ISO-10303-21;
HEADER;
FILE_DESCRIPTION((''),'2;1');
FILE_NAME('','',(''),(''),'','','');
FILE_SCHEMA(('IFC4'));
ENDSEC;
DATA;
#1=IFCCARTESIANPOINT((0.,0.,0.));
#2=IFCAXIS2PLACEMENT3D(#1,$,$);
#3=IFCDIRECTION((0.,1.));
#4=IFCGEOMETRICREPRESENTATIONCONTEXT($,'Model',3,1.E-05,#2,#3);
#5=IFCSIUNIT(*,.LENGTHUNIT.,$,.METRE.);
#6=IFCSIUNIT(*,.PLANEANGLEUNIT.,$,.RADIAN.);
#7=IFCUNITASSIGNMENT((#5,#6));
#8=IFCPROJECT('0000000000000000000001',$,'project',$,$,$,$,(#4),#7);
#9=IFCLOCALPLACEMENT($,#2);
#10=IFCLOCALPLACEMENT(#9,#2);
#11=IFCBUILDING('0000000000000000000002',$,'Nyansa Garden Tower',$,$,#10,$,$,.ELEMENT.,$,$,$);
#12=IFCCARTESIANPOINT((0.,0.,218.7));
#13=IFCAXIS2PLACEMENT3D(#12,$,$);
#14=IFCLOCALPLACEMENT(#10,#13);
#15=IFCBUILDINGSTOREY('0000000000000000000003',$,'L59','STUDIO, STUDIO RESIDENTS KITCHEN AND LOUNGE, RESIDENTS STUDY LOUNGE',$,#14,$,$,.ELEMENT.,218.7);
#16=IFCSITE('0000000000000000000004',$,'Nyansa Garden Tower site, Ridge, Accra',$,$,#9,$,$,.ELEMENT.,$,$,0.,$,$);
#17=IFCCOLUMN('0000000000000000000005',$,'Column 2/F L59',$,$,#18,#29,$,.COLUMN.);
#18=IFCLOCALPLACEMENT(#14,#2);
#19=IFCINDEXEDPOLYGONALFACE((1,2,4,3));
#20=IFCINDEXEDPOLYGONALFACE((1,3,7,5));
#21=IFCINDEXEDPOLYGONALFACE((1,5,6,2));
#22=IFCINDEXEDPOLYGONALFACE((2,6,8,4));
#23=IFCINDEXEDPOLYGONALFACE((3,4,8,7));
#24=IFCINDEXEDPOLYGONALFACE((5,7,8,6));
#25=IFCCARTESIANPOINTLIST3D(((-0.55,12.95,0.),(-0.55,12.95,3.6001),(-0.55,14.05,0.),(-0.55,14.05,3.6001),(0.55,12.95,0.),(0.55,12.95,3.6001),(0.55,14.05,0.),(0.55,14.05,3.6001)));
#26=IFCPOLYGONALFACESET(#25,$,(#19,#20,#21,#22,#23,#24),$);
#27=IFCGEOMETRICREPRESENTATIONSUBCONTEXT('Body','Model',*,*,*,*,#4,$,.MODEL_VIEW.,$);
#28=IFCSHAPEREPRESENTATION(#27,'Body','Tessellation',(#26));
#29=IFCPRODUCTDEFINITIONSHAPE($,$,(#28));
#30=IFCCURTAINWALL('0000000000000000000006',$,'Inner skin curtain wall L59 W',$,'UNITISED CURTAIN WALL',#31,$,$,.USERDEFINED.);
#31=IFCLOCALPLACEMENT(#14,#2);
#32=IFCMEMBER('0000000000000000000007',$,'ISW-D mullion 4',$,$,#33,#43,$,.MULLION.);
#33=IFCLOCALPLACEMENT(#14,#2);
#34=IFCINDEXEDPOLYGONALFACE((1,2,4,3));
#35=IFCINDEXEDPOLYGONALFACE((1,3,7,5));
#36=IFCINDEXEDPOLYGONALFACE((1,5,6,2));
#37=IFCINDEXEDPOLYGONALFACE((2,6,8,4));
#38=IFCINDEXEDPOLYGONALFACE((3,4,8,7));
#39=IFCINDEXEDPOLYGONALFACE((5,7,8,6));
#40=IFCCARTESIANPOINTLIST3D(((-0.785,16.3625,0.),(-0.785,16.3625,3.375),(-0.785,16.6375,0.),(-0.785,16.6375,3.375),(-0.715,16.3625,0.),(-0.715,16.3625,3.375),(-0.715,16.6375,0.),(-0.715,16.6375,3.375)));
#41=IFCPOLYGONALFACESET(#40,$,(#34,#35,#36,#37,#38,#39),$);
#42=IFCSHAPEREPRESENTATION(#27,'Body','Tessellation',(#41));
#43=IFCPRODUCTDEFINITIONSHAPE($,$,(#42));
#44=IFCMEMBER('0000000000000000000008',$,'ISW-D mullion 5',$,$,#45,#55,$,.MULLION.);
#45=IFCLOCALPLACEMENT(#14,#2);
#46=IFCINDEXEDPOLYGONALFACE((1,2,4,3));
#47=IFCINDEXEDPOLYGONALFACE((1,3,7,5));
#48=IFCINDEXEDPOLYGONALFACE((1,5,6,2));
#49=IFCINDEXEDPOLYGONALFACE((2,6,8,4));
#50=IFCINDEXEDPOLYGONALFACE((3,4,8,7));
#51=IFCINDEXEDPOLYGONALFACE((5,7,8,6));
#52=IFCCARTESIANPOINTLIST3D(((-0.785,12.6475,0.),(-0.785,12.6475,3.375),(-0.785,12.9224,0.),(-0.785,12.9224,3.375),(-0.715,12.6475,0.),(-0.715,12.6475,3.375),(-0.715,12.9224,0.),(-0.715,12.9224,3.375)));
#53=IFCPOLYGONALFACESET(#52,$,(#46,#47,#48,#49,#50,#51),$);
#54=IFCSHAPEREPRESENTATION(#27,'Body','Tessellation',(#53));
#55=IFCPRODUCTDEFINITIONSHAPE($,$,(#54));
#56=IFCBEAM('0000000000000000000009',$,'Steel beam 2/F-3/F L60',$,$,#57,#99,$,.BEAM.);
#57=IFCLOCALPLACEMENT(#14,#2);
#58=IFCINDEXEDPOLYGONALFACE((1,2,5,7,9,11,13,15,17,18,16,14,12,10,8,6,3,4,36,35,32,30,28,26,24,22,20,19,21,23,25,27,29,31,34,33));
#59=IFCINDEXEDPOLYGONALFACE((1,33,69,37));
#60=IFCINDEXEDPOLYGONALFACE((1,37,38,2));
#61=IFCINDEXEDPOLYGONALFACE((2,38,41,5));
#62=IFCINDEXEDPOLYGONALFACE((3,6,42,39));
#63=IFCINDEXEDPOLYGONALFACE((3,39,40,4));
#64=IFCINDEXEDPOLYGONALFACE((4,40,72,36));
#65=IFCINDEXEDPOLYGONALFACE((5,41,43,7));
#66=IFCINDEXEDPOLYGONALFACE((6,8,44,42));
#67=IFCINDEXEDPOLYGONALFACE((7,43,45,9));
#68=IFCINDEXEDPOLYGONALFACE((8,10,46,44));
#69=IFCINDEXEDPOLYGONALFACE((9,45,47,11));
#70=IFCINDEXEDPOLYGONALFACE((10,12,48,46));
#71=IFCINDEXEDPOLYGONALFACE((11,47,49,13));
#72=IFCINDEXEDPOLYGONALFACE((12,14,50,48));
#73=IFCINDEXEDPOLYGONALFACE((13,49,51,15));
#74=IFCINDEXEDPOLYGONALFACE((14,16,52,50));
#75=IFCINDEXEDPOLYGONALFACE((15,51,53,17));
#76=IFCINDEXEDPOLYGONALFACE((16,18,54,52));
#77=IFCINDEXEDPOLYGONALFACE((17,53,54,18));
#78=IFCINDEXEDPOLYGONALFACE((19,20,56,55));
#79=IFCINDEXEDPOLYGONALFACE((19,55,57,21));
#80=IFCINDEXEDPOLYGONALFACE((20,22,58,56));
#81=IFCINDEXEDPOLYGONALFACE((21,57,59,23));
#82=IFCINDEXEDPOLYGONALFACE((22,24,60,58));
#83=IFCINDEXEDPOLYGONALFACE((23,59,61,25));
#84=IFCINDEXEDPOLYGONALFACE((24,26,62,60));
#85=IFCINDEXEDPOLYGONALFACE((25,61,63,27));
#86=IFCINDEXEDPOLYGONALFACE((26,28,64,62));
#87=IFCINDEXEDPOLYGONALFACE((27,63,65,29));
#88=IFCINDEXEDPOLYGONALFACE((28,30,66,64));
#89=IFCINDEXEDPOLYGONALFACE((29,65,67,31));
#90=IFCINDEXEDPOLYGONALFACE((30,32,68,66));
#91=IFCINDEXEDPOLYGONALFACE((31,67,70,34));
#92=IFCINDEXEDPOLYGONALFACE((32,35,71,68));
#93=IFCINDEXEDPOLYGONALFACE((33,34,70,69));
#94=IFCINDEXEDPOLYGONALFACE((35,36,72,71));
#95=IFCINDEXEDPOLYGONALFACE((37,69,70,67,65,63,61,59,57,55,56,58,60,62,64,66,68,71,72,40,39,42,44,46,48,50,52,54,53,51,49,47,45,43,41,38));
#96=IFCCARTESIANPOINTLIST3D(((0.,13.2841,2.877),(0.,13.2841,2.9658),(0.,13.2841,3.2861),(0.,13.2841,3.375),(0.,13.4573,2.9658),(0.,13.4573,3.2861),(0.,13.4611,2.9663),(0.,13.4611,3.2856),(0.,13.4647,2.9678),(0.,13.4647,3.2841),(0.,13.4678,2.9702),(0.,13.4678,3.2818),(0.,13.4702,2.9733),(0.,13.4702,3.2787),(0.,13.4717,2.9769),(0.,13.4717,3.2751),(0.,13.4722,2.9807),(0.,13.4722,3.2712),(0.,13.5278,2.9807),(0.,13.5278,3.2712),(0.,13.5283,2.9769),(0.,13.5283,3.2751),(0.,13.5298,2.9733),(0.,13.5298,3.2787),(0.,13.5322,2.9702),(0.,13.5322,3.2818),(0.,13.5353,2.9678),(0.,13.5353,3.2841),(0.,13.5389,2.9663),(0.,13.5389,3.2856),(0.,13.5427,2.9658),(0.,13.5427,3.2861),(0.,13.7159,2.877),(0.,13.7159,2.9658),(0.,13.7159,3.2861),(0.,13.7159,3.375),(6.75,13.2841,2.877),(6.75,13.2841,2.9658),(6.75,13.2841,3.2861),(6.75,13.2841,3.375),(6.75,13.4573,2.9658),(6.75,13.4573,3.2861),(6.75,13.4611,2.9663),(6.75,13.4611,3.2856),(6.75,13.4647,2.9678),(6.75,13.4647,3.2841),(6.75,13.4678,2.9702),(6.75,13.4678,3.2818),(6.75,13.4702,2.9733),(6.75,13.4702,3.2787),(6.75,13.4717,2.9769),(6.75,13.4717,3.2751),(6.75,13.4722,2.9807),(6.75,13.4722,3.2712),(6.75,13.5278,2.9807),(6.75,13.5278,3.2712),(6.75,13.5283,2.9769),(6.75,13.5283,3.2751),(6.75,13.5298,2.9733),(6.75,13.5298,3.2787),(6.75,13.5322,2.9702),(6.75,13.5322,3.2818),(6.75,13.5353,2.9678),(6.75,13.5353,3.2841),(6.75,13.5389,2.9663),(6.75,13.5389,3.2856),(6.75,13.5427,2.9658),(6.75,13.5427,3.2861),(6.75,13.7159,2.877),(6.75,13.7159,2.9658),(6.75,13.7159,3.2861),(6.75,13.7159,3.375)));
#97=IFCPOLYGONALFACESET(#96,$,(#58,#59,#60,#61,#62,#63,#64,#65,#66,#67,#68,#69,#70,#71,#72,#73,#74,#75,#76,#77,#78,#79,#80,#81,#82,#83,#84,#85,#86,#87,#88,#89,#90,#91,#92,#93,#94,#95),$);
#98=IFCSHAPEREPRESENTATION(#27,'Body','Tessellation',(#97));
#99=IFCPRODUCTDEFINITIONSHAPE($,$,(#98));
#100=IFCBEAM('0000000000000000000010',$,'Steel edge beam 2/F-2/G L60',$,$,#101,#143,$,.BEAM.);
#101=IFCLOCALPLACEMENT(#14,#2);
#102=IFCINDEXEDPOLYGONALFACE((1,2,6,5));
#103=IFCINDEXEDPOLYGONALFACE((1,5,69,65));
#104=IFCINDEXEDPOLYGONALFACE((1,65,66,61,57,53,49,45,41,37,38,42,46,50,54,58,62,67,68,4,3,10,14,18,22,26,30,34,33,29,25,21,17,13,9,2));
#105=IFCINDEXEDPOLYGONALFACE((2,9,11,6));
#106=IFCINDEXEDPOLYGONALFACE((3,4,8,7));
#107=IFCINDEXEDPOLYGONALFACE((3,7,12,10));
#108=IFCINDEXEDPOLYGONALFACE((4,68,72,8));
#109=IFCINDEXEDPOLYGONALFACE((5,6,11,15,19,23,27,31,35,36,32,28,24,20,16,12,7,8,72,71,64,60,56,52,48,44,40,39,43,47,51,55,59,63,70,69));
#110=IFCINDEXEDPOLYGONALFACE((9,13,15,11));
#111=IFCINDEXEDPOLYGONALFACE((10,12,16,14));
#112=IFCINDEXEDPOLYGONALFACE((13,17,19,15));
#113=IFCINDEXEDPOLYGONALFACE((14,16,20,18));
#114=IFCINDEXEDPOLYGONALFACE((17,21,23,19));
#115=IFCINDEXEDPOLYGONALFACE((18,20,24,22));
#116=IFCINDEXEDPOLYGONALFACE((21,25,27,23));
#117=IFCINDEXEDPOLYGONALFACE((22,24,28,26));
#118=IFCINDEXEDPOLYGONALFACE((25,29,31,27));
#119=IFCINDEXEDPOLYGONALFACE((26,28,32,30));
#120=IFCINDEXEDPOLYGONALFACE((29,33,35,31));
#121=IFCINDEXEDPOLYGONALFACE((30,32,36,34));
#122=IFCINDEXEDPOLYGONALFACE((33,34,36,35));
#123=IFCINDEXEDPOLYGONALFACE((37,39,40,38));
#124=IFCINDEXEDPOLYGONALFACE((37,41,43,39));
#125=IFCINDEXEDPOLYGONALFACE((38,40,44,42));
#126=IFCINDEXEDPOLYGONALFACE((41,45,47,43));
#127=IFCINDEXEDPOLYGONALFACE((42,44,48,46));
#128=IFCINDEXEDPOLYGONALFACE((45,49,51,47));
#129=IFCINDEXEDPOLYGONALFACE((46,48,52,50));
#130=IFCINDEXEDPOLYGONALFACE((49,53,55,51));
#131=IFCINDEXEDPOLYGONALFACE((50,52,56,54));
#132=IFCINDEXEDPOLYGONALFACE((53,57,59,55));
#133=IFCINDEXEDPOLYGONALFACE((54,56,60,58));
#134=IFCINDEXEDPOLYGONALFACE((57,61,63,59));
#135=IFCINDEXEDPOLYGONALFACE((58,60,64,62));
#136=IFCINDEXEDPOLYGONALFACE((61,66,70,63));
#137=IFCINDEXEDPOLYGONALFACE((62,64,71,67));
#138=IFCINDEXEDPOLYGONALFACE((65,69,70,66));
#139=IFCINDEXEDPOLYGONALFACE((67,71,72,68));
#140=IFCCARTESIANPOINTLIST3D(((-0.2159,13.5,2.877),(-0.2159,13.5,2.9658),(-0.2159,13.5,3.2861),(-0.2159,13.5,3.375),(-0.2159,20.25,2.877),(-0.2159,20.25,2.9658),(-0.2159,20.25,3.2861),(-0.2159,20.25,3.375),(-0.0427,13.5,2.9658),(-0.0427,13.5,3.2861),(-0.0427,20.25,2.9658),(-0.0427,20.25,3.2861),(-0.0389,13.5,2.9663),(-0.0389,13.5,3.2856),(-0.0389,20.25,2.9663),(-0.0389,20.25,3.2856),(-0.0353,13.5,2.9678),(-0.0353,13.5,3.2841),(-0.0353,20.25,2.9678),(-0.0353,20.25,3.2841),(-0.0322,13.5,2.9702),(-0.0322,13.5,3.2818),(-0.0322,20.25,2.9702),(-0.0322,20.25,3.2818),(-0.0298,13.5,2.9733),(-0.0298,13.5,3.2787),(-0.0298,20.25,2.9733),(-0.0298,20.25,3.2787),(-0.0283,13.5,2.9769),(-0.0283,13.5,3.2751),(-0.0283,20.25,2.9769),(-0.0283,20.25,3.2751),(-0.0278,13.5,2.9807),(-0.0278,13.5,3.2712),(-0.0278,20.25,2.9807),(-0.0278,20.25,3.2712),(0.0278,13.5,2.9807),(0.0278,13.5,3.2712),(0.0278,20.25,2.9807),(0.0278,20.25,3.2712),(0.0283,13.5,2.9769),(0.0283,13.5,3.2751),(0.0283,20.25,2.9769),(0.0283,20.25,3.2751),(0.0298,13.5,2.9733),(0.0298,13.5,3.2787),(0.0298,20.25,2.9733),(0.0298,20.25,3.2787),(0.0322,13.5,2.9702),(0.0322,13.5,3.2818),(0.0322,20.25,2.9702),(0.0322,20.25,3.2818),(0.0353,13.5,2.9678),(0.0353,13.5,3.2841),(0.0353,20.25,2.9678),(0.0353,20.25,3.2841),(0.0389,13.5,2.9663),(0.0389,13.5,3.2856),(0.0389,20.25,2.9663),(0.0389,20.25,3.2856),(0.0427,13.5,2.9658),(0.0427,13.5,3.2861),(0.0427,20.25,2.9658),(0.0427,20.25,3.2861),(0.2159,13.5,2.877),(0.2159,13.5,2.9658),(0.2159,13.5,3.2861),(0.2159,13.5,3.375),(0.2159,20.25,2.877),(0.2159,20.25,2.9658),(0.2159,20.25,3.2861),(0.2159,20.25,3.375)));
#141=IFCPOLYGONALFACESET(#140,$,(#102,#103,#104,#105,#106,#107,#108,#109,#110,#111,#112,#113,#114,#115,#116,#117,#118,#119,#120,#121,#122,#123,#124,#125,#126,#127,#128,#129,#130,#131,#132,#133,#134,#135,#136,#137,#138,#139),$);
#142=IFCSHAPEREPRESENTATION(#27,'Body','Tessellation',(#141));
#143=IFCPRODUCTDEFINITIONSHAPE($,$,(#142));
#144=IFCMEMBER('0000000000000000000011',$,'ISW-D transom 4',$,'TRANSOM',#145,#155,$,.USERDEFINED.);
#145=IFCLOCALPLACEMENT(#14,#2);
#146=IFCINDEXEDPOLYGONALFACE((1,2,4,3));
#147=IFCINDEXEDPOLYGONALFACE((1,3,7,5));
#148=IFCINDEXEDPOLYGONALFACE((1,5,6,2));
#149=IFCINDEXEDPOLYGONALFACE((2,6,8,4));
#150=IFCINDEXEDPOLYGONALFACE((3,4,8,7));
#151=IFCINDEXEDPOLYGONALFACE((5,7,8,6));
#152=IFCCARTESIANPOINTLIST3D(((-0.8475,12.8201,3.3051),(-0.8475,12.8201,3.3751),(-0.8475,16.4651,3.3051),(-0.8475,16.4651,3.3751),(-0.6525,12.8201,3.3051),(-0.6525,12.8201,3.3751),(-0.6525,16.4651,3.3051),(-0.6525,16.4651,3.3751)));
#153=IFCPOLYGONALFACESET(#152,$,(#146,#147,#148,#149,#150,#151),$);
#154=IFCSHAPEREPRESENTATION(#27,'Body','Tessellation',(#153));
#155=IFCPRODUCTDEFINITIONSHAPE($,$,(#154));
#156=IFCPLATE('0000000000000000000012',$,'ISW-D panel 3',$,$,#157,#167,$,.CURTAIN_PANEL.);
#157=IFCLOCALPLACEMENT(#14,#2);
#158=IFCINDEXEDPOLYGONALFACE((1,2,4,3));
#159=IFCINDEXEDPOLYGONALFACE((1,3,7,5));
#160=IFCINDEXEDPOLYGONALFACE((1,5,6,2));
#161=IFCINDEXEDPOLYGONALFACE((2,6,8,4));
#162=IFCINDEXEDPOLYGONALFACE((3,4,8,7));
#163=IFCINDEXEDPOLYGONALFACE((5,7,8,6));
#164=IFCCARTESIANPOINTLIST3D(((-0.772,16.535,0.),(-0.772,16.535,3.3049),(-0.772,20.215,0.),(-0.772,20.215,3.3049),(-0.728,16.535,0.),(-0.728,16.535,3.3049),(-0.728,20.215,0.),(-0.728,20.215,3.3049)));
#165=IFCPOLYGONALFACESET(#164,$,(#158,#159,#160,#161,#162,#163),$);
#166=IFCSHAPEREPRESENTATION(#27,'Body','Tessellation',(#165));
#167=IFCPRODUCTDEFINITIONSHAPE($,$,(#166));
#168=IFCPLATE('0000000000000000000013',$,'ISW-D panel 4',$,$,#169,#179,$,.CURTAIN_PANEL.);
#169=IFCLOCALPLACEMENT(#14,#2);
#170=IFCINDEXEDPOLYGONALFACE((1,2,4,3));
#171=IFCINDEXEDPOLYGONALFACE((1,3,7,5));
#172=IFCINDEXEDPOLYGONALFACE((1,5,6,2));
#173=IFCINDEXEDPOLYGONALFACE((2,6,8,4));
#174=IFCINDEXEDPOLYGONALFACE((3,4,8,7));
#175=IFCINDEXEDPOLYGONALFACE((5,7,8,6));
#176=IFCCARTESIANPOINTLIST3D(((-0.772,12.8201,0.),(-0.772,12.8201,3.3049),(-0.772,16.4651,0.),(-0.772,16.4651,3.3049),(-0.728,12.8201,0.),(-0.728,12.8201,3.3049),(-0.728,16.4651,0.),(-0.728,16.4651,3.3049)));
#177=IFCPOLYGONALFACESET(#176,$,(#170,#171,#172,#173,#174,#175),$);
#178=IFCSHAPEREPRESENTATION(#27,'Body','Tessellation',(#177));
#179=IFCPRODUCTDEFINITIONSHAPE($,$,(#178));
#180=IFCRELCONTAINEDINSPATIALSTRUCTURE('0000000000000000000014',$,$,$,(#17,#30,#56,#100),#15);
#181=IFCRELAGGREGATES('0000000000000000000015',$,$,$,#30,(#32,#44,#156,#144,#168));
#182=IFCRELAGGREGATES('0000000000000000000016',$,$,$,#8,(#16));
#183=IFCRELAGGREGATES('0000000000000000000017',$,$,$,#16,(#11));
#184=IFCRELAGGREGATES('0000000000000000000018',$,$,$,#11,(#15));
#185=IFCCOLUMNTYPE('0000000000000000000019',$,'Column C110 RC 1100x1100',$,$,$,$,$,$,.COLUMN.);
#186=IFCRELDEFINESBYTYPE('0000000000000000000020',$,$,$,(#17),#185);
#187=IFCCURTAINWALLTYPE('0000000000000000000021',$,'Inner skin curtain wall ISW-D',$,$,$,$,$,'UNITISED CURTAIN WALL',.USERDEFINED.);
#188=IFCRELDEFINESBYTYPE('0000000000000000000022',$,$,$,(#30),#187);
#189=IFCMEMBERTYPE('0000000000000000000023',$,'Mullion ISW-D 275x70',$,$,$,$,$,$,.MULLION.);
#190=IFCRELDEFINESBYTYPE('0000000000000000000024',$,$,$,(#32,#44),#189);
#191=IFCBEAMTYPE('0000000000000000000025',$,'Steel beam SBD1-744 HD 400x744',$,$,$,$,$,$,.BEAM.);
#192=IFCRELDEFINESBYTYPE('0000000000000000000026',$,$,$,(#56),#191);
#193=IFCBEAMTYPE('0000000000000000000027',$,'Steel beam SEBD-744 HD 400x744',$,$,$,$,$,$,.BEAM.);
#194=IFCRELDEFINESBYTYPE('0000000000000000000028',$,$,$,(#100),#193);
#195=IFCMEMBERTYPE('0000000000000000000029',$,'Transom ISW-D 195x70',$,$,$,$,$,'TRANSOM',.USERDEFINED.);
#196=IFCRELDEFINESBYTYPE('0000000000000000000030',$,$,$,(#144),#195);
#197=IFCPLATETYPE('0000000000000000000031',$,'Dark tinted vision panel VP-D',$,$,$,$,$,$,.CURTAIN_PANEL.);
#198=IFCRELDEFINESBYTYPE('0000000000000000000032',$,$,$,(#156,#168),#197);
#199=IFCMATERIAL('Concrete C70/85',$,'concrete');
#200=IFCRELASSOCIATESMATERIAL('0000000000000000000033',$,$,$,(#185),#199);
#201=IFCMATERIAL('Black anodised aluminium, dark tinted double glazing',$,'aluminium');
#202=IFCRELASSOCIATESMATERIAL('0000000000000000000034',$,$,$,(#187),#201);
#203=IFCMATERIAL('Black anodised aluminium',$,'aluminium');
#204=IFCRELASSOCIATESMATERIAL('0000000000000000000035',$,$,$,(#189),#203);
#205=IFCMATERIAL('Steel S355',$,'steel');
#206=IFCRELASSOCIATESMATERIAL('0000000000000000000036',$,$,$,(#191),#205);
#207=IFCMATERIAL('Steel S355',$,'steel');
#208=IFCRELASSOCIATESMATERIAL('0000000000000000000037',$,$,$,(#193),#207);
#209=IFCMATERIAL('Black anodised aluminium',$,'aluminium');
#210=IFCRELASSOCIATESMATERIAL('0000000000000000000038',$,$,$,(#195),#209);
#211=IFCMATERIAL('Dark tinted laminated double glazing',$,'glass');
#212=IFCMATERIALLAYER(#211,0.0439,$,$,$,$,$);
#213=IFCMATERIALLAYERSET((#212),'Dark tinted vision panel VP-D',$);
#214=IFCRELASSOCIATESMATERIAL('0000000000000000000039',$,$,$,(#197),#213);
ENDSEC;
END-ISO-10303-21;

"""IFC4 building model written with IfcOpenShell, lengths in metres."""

from ifc_helpers import new_model, si_unit, direction, frame, origin, origin_2d, place, context, subcontext, project, spatial, rectangle, i_section, extrude, material, layer, layer_set, material_profile, profile_set, type_object, element, aggregate, save


model = new_model("IFC4")

# Units and contexts
model_context = context("Model", 3, precision=1e-05, world=origin(), true_north=direction((0.0, 1.0)))
body_context = subcontext(model_context, "Body", "Model", "MODEL_VIEW")
ifc_project = project(units=[si_unit("LENGTHUNIT", "METRE"), si_unit("PLANEANGLEUNIT", "RADIAN")], contexts=[model_context])

# Site, building, storey
site_placement = place(None, origin())
site = spatial("IfcSite", under=ifc_project, at=site_placement, Name="Nyansa Garden Tower site, Ridge, Accra", CompositionType="ELEMENT", RefElevation=0.0)
building_placement = place(site_placement, origin())
building = spatial("IfcBuilding", under=site, at=building_placement, Name="Nyansa Garden Tower", CompositionType="ELEMENT")
storey_placement = place(building_placement, frame((0.0, 0.0, 218.7)))
storey = spatial("IfcBuildingStorey", under=building, at=storey_placement, Name="L59", Description="STUDIO, STUDIO RESIDENTS KITCHEN AND LOUNGE, RESIDENTS STUDY LOUNGE", CompositionType="ELEMENT", Elevation=218.7)

# Column
ifc_material_1 = material(Name="Concrete C70/85", Category="concrete")
ifc_material_profile_1 = material_profile(ifc_material_1, rectangle(XDim=1.1001, YDim=1.1001, at=origin_2d()), Name="RC 1100x1100")
ifc_profile_set_1 = profile_set([ifc_material_profile_1], Name="Concrete C70/85")
column_type = type_object("IfcColumnType", Name="Column C110 RC 1100x1100", PredefinedType="COLUMN", material=ifc_profile_set_1)
column_placement = place(storey_placement, frame((0.0, 13.5, 0.0), z_axis=(0.0, 0.0, 1.0), x_axis=(1.0, 0.0, 0.0)))
element("IfcColumn", 1, at=column_placement, inside=storey, type_object=column_type, Name="Column 2/F L59", PredefinedType="COLUMN", context=body_context, shape_type="SweptSolid", body=[
    extrude(rectangle(XDim=1.1001, YDim=1.1001, at=origin_2d()), origin(), (0.0, 0.0, 1.0), 3.6001),
])

# Curtain wall, members
ifc_material_2 = material(Name="Black anodised aluminium, dark tinted double glazing", Category="aluminium")
curtain_wall_type = type_object("IfcCurtainWallType", Name="Inner skin curtain wall ISW-D", ElementType="UNITISED CURTAIN WALL", PredefinedType="USERDEFINED", material=ifc_material_2)
curtain_wall_placement = place(storey_placement, origin())
curtain_wall = element("IfcCurtainWall", 2, at=curtain_wall_placement, inside=storey, type_object=curtain_wall_type, Name="Inner skin curtain wall L59 W", ObjectType="UNITISED CURTAIN WALL", PredefinedType="USERDEFINED")
ifc_material_3 = material(Name="Black anodised aluminium", Category="aluminium")
ifc_material_profile_2 = material_profile(ifc_material_3, rectangle(XDim=0.0701, YDim=0.2749, at=origin_2d()), Name="Mullion 275x70")
ifc_profile_set_2 = profile_set([ifc_material_profile_2], Name="Black anodised aluminium")
member_type_1 = type_object("IfcMemberType", Name="Mullion ISW-D 275x70", PredefinedType="MULLION", material=ifc_profile_set_2)
member_1_placement = place(storey_placement, frame((-0.75, 16.5, 0.0), z_axis=(0.0, 0.0, 1.0), x_axis=(1.0, 0.0, 0.0)))
member_1 = element("IfcMember", 3, at=member_1_placement, type_object=member_type_1, Name="ISW-D mullion 4", PredefinedType="MULLION", context=body_context, shape_type="SweptSolid", body=[
    extrude(rectangle(XDim=0.0701, YDim=0.2749, at=origin_2d()), origin(), (0.0, 0.0, 1.0), 3.375),
])
member_2_placement = place(storey_placement, frame((-0.75, 12.7849, 0.0), z_axis=(0.0, 0.0, 1.0), x_axis=(1.0, 0.0, 0.0)))
member_2 = element("IfcMember", 4, at=member_2_placement, type_object=member_type_1, Name="ISW-D mullion 5", PredefinedType="MULLION", context=body_context, shape_type="SweptSolid", body=[
    extrude(rectangle(XDim=0.0701, YDim=0.2749, at=origin_2d()), origin(), (0.0, 0.0, 1.0), 3.375),
])

# Beams
ifc_material_4 = material(Name="Steel S355", Category="steel")
ifc_material_profile_3 = material_profile(ifc_material_4, i_section(OverallWidth=0.4319, OverallDepth=0.498, WebThickness=0.0557, FlangeThickness=0.0889, FilletRadius=0.0149, at=origin_2d()), Name="HD 400x744")
ifc_profile_set_3 = profile_set([ifc_material_profile_3], Name="Steel S355")
beam_type_1 = type_object("IfcBeamType", Name="Steel beam SBD1-744 HD 400x744", PredefinedType="BEAM", material=ifc_profile_set_3)
beam_1_placement = place(storey_placement, frame((0.0, 13.5, 3.126), z_axis=(1.0, 0.0, 0.0), x_axis=(0.0, 1.0, 0.0)))
element("IfcBeam", 5, at=beam_1_placement, inside=storey, type_object=beam_type_1, Name="Steel beam 2/F-3/F L60", PredefinedType="BEAM", context=body_context, shape_type="SweptSolid", body=[
    extrude(i_section(OverallWidth=0.4319, OverallDepth=0.498, WebThickness=0.0557, FlangeThickness=0.0889, FilletRadius=0.0149, at=origin_2d()), origin(), (0.0, 0.0, 1.0), 6.75),
])
ifc_material_5 = material(Name="Steel S355", Category="steel")
ifc_material_profile_4 = material_profile(ifc_material_5, i_section(OverallWidth=0.4319, OverallDepth=0.498, WebThickness=0.0557, FlangeThickness=0.0889, FilletRadius=0.0149, at=origin_2d()), Name="HD 400x744")
ifc_profile_set_4 = profile_set([ifc_material_profile_4], Name="Steel S355")
beam_type_2 = type_object("IfcBeamType", Name="Steel beam SEBD-744 HD 400x744", PredefinedType="BEAM", material=ifc_profile_set_4)
beam_2_placement = place(storey_placement, frame((0.0, 13.5, 3.126), z_axis=(0.0, 1.0, 0.0), x_axis=(-1.0, 0.0, 0.0)))
element("IfcBeam", 6, at=beam_2_placement, inside=storey, type_object=beam_type_2, Name="Steel edge beam 2/F-2/G L60", PredefinedType="BEAM", context=body_context, shape_type="SweptSolid", body=[
    extrude(i_section(OverallWidth=0.4319, OverallDepth=0.498, WebThickness=0.0557, FlangeThickness=0.0889, FilletRadius=0.0149, at=origin_2d()), origin(), (0.0, 0.0, 1.0), 6.75),
])

# Member
ifc_material_6 = material(Name="Black anodised aluminium", Category="aluminium")
ifc_material_profile_5 = material_profile(ifc_material_6, rectangle(XDim=0.1951, YDim=0.0701, at=origin_2d()), Name="Transom 195x70")
ifc_profile_set_5 = profile_set([ifc_material_profile_5], Name="Black anodised aluminium")
member_type_2 = type_object("IfcMemberType", Name="Transom ISW-D 195x70", ElementType="TRANSOM", PredefinedType="USERDEFINED", material=ifc_profile_set_5)
member_3_placement = place(storey_placement, frame((-0.75, 16.4651, 3.3401), z_axis=(0.0, -1.0, 0.0), x_axis=(1.0, 0.0, 0.0)))
member_3 = element("IfcMember", 7, at=member_3_placement, type_object=member_type_2, Name="ISW-D transom 4", ObjectType="TRANSOM", PredefinedType="USERDEFINED", context=body_context, shape_type="SweptSolid", body=[
    extrude(rectangle(XDim=0.1951, YDim=0.0701, at=origin_2d()), origin(), (0.0, 0.0, 1.0), 3.645),
])

# Plates
ifc_material_7 = material(Name="Dark tinted laminated double glazing", Category="glass")
ifc_layer_1 = layer(ifc_material_7, 0.0439)
ifc_layer_set_1 = layer_set([ifc_layer_1], Name="Dark tinted vision panel VP-D")
plate_type = type_object("IfcPlateType", Name="Dark tinted vision panel VP-D", PredefinedType="CURTAIN_PANEL", material=ifc_layer_set_1)
plate_1_placement = place(storey_placement, frame((-0.75, 18.375, 0.0), z_axis=(0.0, 0.0, 1.0), x_axis=(0.0, -1.0, 0.0)))
plate_1 = element("IfcPlate", 8, at=plate_1_placement, type_object=plate_type, Name="ISW-D panel 3", PredefinedType="CURTAIN_PANEL", context=body_context, shape_type="SweptSolid", body=[
    extrude(rectangle(XDim=3.6799, YDim=0.0439, at=origin_2d()), origin(), (0.0, 0.0, 1.0), 3.3049),
])
plate_2_placement = place(storey_placement, frame((-0.75, 14.6426, 0.0), z_axis=(0.0, 0.0, 1.0), x_axis=(0.0, -1.0, 0.0)))
plate_2 = element("IfcPlate", 9, at=plate_2_placement, type_object=plate_type, Name="ISW-D panel 4", PredefinedType="CURTAIN_PANEL", context=body_context, shape_type="SweptSolid", body=[
    extrude(rectangle(XDim=3.645, YDim=0.0439, at=origin_2d()), origin(), (0.0, 0.0, 1.0), 3.3049),
])
aggregate(curtain_wall, [member_1, member_2, plate_1, member_3, plate_2])

save(model, "model.ifc")
